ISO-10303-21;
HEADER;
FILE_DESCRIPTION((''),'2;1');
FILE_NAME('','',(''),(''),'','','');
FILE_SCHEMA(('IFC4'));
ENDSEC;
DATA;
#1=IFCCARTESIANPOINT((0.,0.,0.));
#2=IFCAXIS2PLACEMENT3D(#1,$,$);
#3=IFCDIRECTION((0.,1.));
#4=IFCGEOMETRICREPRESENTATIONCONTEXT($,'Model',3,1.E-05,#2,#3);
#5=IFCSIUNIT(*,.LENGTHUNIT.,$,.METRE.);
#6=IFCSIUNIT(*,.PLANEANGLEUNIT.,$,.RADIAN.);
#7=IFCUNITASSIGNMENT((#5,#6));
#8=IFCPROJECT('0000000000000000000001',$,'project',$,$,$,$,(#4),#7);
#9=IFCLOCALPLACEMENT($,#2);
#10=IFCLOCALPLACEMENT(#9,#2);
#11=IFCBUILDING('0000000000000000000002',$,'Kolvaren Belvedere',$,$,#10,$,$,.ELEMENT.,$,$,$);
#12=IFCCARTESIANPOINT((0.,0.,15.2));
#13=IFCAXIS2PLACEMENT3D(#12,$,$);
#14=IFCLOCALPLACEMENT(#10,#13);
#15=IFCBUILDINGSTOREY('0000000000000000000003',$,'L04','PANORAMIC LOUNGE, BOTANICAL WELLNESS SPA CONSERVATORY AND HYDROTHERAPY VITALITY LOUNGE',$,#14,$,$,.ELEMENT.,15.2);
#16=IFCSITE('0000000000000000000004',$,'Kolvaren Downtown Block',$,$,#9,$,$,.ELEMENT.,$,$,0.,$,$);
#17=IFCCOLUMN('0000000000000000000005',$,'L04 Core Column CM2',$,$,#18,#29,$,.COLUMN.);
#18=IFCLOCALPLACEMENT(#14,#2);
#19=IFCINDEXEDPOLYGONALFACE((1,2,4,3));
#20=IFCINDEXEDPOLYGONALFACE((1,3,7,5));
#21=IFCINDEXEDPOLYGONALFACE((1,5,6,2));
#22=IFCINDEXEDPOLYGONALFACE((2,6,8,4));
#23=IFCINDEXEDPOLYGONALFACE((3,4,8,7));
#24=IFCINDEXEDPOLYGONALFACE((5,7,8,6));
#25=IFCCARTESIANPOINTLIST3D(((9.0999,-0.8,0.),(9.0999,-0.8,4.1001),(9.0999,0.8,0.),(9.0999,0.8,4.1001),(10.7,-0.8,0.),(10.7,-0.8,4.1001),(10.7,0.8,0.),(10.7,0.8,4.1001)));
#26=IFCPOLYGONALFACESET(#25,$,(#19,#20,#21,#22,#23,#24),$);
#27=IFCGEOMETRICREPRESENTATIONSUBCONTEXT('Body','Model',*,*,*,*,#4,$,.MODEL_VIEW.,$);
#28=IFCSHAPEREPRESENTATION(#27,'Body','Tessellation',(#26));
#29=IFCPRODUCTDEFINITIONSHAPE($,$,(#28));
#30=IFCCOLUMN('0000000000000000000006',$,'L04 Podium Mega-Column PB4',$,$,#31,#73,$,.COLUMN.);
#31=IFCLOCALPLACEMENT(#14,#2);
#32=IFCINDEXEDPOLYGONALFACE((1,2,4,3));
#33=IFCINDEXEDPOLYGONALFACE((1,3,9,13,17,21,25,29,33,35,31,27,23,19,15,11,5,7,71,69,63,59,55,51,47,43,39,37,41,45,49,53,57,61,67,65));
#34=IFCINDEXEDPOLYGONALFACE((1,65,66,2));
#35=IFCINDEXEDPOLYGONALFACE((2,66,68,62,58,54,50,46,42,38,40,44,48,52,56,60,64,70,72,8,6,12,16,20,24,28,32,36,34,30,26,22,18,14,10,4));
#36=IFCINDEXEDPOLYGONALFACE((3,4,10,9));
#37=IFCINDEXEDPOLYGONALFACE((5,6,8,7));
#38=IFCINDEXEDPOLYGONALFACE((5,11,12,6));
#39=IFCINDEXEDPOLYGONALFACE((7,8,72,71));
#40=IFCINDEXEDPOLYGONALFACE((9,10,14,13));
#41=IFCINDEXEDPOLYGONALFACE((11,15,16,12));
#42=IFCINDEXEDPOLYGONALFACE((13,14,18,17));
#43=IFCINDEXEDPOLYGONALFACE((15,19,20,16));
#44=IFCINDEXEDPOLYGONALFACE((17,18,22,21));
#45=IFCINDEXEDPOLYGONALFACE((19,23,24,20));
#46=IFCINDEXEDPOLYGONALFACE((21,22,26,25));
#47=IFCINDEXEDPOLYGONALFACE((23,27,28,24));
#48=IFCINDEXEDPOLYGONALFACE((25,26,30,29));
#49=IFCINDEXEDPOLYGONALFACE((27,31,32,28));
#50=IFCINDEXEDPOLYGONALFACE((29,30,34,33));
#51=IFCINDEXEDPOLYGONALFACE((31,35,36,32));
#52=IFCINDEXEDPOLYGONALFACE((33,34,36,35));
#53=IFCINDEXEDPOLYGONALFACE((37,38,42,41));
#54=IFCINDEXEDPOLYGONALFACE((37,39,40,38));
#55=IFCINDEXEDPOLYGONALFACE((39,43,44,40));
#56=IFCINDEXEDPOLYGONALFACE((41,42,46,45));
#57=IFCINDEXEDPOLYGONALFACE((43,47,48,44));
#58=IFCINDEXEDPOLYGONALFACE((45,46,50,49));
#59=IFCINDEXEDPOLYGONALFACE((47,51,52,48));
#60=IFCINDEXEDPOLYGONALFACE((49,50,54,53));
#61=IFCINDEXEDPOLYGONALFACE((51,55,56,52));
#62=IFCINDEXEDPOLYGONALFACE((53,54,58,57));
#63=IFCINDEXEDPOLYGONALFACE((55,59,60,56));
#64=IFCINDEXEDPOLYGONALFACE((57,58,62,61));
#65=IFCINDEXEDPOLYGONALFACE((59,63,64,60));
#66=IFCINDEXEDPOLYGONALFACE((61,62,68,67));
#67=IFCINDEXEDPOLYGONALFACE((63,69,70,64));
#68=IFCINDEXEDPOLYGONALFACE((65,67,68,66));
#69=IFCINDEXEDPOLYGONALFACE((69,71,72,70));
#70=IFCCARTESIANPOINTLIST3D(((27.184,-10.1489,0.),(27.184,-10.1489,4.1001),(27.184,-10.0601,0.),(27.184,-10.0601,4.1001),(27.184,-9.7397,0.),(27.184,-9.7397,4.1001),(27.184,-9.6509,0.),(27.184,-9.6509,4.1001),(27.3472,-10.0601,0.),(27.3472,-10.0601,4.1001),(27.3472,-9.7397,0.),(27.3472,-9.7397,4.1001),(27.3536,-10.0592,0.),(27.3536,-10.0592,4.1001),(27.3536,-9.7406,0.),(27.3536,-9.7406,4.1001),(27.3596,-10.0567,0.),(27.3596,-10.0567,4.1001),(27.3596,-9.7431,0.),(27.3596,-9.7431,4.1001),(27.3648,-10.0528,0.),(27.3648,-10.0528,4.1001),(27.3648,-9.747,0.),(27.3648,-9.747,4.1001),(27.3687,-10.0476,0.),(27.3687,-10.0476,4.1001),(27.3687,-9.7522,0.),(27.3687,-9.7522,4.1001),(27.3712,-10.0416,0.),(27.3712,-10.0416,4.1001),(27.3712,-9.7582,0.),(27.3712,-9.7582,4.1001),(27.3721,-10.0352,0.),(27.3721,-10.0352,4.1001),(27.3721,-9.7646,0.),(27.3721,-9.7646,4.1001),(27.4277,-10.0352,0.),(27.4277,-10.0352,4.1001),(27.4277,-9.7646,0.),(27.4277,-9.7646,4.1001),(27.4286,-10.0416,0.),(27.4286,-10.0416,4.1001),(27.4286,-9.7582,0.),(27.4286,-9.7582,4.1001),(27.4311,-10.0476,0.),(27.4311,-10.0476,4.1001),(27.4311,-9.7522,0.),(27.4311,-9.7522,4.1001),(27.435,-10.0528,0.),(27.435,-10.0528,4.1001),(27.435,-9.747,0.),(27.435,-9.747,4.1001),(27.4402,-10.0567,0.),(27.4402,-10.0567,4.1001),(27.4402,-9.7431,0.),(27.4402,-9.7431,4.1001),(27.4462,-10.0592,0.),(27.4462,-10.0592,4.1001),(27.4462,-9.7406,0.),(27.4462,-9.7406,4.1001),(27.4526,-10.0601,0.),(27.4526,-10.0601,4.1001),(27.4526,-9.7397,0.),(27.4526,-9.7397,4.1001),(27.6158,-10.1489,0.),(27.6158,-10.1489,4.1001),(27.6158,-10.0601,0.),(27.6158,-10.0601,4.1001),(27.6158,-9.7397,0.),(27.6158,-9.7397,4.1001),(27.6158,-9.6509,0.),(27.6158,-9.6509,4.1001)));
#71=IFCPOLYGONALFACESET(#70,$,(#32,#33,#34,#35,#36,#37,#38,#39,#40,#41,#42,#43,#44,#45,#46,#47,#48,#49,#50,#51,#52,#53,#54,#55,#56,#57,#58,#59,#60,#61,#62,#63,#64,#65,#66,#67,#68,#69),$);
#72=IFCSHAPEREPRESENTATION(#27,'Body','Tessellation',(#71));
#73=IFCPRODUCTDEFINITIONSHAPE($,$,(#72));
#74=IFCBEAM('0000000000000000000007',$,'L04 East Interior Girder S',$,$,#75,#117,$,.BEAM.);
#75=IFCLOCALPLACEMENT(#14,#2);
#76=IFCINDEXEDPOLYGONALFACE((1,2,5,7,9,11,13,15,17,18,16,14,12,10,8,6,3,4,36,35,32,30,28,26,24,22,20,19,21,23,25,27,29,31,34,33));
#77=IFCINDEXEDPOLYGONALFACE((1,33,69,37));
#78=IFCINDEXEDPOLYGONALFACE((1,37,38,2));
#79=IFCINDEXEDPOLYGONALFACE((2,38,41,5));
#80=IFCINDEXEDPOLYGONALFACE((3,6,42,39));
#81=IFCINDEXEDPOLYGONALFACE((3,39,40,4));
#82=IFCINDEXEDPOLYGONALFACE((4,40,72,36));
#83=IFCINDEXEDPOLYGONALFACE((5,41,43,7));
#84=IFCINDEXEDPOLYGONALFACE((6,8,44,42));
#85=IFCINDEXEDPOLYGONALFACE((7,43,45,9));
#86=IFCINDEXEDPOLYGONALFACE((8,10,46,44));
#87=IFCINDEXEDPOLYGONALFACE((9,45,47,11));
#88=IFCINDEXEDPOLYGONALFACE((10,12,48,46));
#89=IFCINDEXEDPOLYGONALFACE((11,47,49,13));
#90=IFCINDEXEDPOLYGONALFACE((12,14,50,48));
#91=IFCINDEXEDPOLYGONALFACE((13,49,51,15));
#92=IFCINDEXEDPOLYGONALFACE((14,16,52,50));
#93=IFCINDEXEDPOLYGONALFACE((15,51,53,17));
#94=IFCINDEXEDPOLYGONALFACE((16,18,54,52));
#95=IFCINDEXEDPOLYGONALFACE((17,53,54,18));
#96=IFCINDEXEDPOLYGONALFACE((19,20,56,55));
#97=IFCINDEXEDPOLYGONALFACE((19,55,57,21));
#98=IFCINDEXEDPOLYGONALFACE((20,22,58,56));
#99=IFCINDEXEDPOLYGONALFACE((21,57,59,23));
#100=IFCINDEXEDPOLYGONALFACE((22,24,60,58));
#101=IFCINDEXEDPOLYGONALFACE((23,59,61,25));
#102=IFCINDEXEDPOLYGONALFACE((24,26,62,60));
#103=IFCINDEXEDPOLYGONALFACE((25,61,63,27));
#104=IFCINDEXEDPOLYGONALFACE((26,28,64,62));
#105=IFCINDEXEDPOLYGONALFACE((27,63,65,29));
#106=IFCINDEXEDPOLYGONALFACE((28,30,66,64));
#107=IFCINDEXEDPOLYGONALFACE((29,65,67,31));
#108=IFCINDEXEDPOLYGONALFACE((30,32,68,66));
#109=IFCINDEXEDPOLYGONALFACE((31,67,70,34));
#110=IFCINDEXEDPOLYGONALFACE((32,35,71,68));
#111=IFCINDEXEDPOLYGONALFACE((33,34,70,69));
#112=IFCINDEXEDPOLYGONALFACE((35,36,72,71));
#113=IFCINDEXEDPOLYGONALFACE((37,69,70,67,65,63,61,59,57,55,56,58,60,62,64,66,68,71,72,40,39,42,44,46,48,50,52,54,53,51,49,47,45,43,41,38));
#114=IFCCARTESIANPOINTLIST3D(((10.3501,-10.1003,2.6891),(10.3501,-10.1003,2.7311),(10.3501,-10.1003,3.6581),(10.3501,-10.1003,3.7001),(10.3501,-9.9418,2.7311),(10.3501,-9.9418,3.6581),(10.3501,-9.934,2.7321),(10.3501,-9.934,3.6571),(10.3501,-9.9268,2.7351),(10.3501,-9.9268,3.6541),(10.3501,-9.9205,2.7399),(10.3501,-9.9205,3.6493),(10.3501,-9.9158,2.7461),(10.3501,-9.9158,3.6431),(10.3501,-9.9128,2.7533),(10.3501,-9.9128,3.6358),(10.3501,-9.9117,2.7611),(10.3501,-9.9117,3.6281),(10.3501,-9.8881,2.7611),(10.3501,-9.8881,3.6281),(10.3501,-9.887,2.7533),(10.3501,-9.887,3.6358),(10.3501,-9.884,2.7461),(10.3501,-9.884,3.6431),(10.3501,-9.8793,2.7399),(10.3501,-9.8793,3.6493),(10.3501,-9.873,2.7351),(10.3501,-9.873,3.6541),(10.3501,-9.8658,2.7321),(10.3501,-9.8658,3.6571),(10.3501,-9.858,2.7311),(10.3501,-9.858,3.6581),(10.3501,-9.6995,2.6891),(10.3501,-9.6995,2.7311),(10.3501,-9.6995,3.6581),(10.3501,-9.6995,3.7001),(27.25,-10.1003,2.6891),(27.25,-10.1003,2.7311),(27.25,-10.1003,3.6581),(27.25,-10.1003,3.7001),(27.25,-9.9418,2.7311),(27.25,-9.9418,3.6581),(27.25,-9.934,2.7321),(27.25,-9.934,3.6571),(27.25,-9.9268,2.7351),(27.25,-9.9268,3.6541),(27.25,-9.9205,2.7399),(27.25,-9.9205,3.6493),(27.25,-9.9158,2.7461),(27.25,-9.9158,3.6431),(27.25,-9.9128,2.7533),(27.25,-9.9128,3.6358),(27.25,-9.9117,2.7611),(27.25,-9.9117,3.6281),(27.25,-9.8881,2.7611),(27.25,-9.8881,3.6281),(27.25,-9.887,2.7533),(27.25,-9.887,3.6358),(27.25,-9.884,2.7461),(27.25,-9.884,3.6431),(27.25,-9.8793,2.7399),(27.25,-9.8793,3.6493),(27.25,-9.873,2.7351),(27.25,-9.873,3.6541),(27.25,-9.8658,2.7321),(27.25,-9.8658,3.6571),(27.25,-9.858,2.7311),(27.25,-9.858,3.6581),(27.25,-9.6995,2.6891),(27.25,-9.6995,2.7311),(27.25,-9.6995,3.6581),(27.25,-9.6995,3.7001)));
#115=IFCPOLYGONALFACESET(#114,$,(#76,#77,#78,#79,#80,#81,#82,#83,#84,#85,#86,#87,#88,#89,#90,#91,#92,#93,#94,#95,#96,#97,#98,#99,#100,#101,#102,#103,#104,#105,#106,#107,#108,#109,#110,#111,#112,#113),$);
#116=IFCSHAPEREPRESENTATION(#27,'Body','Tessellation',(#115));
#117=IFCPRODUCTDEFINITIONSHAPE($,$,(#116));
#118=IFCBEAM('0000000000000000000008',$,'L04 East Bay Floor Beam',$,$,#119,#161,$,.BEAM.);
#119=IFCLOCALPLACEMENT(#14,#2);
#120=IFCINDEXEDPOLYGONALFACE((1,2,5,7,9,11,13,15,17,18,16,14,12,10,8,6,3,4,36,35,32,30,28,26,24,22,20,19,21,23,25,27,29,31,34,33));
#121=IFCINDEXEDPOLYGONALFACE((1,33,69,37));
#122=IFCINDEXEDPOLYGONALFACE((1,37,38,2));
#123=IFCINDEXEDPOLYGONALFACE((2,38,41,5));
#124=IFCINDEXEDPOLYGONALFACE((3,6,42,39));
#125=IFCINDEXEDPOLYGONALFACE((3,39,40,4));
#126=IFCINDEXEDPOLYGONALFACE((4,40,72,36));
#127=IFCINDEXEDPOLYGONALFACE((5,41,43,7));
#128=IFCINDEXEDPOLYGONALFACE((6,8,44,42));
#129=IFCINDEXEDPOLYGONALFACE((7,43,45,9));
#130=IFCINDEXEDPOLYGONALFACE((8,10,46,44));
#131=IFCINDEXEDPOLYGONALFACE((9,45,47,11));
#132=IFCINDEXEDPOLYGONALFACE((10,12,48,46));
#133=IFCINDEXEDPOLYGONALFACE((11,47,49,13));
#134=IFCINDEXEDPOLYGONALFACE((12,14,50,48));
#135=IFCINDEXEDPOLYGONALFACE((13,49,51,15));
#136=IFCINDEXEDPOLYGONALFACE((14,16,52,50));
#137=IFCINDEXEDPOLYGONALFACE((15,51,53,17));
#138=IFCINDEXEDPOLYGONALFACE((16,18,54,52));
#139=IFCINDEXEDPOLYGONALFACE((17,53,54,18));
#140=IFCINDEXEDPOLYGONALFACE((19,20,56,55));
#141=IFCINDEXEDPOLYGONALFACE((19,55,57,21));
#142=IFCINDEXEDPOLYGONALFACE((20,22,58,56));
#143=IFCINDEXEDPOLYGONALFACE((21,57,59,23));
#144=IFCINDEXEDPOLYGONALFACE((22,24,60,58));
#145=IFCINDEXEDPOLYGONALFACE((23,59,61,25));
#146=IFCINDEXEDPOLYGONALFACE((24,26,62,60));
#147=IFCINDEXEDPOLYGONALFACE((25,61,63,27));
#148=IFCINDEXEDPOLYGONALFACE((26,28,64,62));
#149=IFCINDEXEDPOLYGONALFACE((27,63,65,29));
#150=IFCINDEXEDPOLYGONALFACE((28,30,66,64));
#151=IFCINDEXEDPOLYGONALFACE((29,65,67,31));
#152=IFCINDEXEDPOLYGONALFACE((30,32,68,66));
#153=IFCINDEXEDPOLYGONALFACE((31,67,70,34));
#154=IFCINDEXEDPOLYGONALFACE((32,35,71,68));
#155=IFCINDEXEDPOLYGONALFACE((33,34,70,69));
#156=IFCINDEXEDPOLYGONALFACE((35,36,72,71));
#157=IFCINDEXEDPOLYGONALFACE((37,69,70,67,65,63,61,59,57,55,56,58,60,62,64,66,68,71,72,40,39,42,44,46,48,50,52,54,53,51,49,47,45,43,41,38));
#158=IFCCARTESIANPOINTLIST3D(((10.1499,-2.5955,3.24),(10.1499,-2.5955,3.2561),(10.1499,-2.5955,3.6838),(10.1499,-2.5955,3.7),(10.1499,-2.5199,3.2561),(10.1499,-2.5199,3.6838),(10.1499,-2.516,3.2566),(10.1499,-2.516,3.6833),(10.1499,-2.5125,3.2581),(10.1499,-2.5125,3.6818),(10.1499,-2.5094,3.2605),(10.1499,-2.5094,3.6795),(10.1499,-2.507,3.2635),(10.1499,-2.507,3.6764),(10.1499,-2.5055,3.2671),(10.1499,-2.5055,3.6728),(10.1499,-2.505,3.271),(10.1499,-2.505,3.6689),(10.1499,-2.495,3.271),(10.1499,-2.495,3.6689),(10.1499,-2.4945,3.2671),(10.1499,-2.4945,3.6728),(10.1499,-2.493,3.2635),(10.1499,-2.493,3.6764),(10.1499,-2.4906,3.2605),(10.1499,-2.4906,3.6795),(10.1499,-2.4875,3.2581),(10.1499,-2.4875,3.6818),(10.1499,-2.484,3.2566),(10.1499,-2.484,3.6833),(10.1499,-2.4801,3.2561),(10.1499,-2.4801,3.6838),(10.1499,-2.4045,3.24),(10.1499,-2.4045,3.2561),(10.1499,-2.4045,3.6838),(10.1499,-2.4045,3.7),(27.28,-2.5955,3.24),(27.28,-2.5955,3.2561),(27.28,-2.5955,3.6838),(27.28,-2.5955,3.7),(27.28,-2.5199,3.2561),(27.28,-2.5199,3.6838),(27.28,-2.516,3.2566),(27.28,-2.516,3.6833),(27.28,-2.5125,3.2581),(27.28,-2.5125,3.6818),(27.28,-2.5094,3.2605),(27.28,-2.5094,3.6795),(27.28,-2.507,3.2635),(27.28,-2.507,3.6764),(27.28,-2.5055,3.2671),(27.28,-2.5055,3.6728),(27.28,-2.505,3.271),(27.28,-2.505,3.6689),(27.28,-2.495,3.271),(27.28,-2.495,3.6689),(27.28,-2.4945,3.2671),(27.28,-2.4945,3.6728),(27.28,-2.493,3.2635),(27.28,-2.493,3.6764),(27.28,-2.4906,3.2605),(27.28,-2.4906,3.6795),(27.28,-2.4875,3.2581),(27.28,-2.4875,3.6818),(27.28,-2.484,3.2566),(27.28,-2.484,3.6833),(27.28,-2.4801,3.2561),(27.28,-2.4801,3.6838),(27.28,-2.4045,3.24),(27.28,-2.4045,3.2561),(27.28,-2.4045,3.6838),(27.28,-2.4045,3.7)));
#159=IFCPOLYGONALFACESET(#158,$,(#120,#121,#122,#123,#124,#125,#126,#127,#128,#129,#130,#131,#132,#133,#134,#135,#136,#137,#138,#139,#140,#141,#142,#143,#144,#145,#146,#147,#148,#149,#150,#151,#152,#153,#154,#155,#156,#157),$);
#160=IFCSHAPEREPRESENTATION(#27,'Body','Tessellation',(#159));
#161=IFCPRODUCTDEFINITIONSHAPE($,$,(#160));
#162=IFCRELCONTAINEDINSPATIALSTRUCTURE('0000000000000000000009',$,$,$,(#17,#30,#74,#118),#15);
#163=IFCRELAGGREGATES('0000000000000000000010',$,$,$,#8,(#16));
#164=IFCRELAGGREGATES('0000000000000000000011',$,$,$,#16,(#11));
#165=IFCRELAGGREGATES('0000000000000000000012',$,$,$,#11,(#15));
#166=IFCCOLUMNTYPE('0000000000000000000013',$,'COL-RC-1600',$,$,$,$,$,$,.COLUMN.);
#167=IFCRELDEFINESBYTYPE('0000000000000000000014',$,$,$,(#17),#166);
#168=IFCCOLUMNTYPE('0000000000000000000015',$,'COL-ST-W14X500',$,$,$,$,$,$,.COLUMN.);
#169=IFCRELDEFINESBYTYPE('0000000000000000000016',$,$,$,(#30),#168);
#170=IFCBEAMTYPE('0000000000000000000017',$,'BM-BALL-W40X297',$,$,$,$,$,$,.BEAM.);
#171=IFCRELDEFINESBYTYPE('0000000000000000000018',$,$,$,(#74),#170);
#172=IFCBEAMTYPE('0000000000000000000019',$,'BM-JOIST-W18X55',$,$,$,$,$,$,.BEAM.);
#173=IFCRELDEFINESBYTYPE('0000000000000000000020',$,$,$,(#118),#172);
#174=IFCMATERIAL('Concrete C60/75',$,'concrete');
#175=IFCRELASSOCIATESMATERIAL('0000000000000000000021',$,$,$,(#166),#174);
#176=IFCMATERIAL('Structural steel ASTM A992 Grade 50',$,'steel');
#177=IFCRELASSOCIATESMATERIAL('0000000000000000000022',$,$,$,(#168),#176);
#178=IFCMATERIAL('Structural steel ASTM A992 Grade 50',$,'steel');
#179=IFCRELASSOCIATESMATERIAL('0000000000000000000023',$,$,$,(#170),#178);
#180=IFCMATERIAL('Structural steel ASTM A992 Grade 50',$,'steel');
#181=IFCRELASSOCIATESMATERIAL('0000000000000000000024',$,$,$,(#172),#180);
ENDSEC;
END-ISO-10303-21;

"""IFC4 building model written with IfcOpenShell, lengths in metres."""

from ifc_helpers import new_model, si_unit, direction, frame, origin, origin_2d, place, context, subcontext, project, spatial, rectangle, i_section, extrude, material, material_profile, profile_set, type_object, element, save


model = new_model("IFC4")

# Units and contexts
model_context = context("Model", 3, precision=1e-05, world=origin(), true_north=direction((0.0, 1.0)))
body_context = subcontext(model_context, "Body", "Model", "MODEL_VIEW")
ifc_project = project(units=[si_unit("LENGTHUNIT", "METRE"), si_unit("PLANEANGLEUNIT", "RADIAN")], contexts=[model_context])

# Site, building, storey
site_placement = place(None, origin())
site = spatial("IfcSite", under=ifc_project, at=site_placement, Name="Kolvaren Downtown Block", CompositionType="ELEMENT", RefElevation=0.0)
building_placement = place(site_placement, origin())
building = spatial("IfcBuilding", under=site, at=building_placement, Name="Kolvaren Belvedere", CompositionType="ELEMENT")
storey_placement = place(building_placement, frame((0.0, 0.0, 15.2)))
storey = spatial("IfcBuildingStorey", under=building, at=storey_placement, Name="L04", Description="PANORAMIC LOUNGE, BOTANICAL WELLNESS SPA CONSERVATORY AND HYDROTHERAPY VITALITY LOUNGE", CompositionType="ELEMENT", Elevation=15.2)

# Columns
ifc_material_1 = material(Name="Concrete C60/75", Category="concrete")
ifc_material_profile_1 = material_profile(ifc_material_1, rectangle(XDim=1.6001, YDim=1.6001, at=origin_2d()), Name="RC 1600X1600")
ifc_profile_set_1 = profile_set([ifc_material_profile_1], Name="Concrete C60/75")
column_type_1 = type_object("IfcColumnType", Name="COL-RC-1600", PredefinedType="COLUMN", material=ifc_profile_set_1)
column_1_placement = place(storey_placement, frame((9.8999, 0.0, 0.0), z_axis=(0.0, 0.0, 1.0), x_axis=(1.0, 0.0, 0.0)))
element("IfcColumn", 1, at=column_1_placement, inside=storey, type_object=column_type_1, Name="L04 Core Column CM2", PredefinedType="COLUMN", context=body_context, shape_type="SweptSolid", body=[
    extrude(rectangle(XDim=1.6001, YDim=1.6001, at=origin_2d()), origin(), (0.0, 0.0, 1.0), 4.1001),
])
ifc_material_2 = material(Name="Structural steel ASTM A992 Grade 50", Category="steel")
ifc_material_profile_2 = material_profile(ifc_material_2, i_section(OverallWidth=0.4319, OverallDepth=0.498, WebThickness=0.0557, FlangeThickness=0.0889, FilletRadius=0.0249, at=origin_2d()), Name="W14X500")
ifc_profile_set_2 = profile_set([ifc_material_profile_2], Name="Structural steel ASTM A992 Grade 50")
column_type_2 = type_object("IfcColumnType", Name="COL-ST-W14X500", PredefinedType="COLUMN", material=ifc_profile_set_2)
column_2_placement = place(storey_placement, frame((27.3999, -9.8999, 0.0), z_axis=(0.0, 0.0, 1.0), x_axis=(1.0, 0.0, 0.0)))
element("IfcColumn", 2, at=column_2_placement, inside=storey, type_object=column_type_2, Name="L04 Podium Mega-Column PB4", PredefinedType="COLUMN", context=body_context, shape_type="SweptSolid", body=[
    extrude(i_section(OverallWidth=0.4319, OverallDepth=0.498, WebThickness=0.0557, FlangeThickness=0.0889, FilletRadius=0.0249, at=origin_2d()), origin(), (0.0, 0.0, 1.0), 4.1001),
])

# Beams
ifc_material_3 = material(Name="Structural steel ASTM A992 Grade 50", Category="steel")
ifc_material_profile_3 = material_profile(ifc_material_3, i_section(OverallWidth=0.4009, OverallDepth=1.011, WebThickness=0.0237, FlangeThickness=0.042, FilletRadius=0.03, at=origin_2d()), Name="W40X297")
ifc_profile_set_3 = profile_set([ifc_material_profile_3], Name="Structural steel ASTM A992 Grade 50")
beam_type_1 = type_object("IfcBeamType", Name="BM-BALL-W40X297", PredefinedType="BEAM", material=ifc_profile_set_3)
beam_1_placement = place(storey_placement, frame((10.3501, -9.8999, 3.1946), z_axis=(1.0, 0.0, 0.0), x_axis=(0.0, 1.0, 0.0)))
element("IfcBeam", 3, at=beam_1_placement, inside=storey, type_object=beam_type_1, Name="L04 East Interior Girder S", PredefinedType="BEAM", context=body_context, shape_type="SweptSolid", body=[
    extrude(i_section(OverallWidth=0.4009, OverallDepth=1.011, WebThickness=0.0237, FlangeThickness=0.042, FilletRadius=0.03, at=origin_2d()), origin(), (0.0, 0.0, 1.0), 16.8999),
])
ifc_material_4 = material(Name="Structural steel ASTM A992 Grade 50", Category="steel")
ifc_material_profile_4 = material_profile(ifc_material_4, i_section(OverallWidth=0.1909, OverallDepth=0.46, WebThickness=0.01, FlangeThickness=0.0161, FilletRadius=0.0149, at=origin_2d()), Name="W18X55")
ifc_profile_set_4 = profile_set([ifc_material_profile_4], Name="Structural steel ASTM A992 Grade 50")
beam_type_2 = type_object("IfcBeamType", Name="BM-JOIST-W18X55", PredefinedType="BEAM", material=ifc_profile_set_4)
for number, where, z_axis, x_axis, name in (
    (4, (10.1499, -2.5, 3.47), (1.0, 0.0, 0.0), (0.0, 1.0, 0.0), "L04 East Bay Floor Beam"),
):
    element("IfcBeam", number, at=place(storey_placement, frame(where, z_axis=z_axis, x_axis=x_axis)), inside=storey, type_object=beam_type_2, Name=name, PredefinedType="BEAM", context=body_context, shape_type="SweptSolid", body=[
        extrude(i_section(OverallWidth=0.1909, OverallDepth=0.46, WebThickness=0.01, FlangeThickness=0.0161, FilletRadius=0.0149, at=origin_2d()), origin(), (0.0, 0.0, 1.0), 17.1301),
    ])

save(model, "model.ifc")
